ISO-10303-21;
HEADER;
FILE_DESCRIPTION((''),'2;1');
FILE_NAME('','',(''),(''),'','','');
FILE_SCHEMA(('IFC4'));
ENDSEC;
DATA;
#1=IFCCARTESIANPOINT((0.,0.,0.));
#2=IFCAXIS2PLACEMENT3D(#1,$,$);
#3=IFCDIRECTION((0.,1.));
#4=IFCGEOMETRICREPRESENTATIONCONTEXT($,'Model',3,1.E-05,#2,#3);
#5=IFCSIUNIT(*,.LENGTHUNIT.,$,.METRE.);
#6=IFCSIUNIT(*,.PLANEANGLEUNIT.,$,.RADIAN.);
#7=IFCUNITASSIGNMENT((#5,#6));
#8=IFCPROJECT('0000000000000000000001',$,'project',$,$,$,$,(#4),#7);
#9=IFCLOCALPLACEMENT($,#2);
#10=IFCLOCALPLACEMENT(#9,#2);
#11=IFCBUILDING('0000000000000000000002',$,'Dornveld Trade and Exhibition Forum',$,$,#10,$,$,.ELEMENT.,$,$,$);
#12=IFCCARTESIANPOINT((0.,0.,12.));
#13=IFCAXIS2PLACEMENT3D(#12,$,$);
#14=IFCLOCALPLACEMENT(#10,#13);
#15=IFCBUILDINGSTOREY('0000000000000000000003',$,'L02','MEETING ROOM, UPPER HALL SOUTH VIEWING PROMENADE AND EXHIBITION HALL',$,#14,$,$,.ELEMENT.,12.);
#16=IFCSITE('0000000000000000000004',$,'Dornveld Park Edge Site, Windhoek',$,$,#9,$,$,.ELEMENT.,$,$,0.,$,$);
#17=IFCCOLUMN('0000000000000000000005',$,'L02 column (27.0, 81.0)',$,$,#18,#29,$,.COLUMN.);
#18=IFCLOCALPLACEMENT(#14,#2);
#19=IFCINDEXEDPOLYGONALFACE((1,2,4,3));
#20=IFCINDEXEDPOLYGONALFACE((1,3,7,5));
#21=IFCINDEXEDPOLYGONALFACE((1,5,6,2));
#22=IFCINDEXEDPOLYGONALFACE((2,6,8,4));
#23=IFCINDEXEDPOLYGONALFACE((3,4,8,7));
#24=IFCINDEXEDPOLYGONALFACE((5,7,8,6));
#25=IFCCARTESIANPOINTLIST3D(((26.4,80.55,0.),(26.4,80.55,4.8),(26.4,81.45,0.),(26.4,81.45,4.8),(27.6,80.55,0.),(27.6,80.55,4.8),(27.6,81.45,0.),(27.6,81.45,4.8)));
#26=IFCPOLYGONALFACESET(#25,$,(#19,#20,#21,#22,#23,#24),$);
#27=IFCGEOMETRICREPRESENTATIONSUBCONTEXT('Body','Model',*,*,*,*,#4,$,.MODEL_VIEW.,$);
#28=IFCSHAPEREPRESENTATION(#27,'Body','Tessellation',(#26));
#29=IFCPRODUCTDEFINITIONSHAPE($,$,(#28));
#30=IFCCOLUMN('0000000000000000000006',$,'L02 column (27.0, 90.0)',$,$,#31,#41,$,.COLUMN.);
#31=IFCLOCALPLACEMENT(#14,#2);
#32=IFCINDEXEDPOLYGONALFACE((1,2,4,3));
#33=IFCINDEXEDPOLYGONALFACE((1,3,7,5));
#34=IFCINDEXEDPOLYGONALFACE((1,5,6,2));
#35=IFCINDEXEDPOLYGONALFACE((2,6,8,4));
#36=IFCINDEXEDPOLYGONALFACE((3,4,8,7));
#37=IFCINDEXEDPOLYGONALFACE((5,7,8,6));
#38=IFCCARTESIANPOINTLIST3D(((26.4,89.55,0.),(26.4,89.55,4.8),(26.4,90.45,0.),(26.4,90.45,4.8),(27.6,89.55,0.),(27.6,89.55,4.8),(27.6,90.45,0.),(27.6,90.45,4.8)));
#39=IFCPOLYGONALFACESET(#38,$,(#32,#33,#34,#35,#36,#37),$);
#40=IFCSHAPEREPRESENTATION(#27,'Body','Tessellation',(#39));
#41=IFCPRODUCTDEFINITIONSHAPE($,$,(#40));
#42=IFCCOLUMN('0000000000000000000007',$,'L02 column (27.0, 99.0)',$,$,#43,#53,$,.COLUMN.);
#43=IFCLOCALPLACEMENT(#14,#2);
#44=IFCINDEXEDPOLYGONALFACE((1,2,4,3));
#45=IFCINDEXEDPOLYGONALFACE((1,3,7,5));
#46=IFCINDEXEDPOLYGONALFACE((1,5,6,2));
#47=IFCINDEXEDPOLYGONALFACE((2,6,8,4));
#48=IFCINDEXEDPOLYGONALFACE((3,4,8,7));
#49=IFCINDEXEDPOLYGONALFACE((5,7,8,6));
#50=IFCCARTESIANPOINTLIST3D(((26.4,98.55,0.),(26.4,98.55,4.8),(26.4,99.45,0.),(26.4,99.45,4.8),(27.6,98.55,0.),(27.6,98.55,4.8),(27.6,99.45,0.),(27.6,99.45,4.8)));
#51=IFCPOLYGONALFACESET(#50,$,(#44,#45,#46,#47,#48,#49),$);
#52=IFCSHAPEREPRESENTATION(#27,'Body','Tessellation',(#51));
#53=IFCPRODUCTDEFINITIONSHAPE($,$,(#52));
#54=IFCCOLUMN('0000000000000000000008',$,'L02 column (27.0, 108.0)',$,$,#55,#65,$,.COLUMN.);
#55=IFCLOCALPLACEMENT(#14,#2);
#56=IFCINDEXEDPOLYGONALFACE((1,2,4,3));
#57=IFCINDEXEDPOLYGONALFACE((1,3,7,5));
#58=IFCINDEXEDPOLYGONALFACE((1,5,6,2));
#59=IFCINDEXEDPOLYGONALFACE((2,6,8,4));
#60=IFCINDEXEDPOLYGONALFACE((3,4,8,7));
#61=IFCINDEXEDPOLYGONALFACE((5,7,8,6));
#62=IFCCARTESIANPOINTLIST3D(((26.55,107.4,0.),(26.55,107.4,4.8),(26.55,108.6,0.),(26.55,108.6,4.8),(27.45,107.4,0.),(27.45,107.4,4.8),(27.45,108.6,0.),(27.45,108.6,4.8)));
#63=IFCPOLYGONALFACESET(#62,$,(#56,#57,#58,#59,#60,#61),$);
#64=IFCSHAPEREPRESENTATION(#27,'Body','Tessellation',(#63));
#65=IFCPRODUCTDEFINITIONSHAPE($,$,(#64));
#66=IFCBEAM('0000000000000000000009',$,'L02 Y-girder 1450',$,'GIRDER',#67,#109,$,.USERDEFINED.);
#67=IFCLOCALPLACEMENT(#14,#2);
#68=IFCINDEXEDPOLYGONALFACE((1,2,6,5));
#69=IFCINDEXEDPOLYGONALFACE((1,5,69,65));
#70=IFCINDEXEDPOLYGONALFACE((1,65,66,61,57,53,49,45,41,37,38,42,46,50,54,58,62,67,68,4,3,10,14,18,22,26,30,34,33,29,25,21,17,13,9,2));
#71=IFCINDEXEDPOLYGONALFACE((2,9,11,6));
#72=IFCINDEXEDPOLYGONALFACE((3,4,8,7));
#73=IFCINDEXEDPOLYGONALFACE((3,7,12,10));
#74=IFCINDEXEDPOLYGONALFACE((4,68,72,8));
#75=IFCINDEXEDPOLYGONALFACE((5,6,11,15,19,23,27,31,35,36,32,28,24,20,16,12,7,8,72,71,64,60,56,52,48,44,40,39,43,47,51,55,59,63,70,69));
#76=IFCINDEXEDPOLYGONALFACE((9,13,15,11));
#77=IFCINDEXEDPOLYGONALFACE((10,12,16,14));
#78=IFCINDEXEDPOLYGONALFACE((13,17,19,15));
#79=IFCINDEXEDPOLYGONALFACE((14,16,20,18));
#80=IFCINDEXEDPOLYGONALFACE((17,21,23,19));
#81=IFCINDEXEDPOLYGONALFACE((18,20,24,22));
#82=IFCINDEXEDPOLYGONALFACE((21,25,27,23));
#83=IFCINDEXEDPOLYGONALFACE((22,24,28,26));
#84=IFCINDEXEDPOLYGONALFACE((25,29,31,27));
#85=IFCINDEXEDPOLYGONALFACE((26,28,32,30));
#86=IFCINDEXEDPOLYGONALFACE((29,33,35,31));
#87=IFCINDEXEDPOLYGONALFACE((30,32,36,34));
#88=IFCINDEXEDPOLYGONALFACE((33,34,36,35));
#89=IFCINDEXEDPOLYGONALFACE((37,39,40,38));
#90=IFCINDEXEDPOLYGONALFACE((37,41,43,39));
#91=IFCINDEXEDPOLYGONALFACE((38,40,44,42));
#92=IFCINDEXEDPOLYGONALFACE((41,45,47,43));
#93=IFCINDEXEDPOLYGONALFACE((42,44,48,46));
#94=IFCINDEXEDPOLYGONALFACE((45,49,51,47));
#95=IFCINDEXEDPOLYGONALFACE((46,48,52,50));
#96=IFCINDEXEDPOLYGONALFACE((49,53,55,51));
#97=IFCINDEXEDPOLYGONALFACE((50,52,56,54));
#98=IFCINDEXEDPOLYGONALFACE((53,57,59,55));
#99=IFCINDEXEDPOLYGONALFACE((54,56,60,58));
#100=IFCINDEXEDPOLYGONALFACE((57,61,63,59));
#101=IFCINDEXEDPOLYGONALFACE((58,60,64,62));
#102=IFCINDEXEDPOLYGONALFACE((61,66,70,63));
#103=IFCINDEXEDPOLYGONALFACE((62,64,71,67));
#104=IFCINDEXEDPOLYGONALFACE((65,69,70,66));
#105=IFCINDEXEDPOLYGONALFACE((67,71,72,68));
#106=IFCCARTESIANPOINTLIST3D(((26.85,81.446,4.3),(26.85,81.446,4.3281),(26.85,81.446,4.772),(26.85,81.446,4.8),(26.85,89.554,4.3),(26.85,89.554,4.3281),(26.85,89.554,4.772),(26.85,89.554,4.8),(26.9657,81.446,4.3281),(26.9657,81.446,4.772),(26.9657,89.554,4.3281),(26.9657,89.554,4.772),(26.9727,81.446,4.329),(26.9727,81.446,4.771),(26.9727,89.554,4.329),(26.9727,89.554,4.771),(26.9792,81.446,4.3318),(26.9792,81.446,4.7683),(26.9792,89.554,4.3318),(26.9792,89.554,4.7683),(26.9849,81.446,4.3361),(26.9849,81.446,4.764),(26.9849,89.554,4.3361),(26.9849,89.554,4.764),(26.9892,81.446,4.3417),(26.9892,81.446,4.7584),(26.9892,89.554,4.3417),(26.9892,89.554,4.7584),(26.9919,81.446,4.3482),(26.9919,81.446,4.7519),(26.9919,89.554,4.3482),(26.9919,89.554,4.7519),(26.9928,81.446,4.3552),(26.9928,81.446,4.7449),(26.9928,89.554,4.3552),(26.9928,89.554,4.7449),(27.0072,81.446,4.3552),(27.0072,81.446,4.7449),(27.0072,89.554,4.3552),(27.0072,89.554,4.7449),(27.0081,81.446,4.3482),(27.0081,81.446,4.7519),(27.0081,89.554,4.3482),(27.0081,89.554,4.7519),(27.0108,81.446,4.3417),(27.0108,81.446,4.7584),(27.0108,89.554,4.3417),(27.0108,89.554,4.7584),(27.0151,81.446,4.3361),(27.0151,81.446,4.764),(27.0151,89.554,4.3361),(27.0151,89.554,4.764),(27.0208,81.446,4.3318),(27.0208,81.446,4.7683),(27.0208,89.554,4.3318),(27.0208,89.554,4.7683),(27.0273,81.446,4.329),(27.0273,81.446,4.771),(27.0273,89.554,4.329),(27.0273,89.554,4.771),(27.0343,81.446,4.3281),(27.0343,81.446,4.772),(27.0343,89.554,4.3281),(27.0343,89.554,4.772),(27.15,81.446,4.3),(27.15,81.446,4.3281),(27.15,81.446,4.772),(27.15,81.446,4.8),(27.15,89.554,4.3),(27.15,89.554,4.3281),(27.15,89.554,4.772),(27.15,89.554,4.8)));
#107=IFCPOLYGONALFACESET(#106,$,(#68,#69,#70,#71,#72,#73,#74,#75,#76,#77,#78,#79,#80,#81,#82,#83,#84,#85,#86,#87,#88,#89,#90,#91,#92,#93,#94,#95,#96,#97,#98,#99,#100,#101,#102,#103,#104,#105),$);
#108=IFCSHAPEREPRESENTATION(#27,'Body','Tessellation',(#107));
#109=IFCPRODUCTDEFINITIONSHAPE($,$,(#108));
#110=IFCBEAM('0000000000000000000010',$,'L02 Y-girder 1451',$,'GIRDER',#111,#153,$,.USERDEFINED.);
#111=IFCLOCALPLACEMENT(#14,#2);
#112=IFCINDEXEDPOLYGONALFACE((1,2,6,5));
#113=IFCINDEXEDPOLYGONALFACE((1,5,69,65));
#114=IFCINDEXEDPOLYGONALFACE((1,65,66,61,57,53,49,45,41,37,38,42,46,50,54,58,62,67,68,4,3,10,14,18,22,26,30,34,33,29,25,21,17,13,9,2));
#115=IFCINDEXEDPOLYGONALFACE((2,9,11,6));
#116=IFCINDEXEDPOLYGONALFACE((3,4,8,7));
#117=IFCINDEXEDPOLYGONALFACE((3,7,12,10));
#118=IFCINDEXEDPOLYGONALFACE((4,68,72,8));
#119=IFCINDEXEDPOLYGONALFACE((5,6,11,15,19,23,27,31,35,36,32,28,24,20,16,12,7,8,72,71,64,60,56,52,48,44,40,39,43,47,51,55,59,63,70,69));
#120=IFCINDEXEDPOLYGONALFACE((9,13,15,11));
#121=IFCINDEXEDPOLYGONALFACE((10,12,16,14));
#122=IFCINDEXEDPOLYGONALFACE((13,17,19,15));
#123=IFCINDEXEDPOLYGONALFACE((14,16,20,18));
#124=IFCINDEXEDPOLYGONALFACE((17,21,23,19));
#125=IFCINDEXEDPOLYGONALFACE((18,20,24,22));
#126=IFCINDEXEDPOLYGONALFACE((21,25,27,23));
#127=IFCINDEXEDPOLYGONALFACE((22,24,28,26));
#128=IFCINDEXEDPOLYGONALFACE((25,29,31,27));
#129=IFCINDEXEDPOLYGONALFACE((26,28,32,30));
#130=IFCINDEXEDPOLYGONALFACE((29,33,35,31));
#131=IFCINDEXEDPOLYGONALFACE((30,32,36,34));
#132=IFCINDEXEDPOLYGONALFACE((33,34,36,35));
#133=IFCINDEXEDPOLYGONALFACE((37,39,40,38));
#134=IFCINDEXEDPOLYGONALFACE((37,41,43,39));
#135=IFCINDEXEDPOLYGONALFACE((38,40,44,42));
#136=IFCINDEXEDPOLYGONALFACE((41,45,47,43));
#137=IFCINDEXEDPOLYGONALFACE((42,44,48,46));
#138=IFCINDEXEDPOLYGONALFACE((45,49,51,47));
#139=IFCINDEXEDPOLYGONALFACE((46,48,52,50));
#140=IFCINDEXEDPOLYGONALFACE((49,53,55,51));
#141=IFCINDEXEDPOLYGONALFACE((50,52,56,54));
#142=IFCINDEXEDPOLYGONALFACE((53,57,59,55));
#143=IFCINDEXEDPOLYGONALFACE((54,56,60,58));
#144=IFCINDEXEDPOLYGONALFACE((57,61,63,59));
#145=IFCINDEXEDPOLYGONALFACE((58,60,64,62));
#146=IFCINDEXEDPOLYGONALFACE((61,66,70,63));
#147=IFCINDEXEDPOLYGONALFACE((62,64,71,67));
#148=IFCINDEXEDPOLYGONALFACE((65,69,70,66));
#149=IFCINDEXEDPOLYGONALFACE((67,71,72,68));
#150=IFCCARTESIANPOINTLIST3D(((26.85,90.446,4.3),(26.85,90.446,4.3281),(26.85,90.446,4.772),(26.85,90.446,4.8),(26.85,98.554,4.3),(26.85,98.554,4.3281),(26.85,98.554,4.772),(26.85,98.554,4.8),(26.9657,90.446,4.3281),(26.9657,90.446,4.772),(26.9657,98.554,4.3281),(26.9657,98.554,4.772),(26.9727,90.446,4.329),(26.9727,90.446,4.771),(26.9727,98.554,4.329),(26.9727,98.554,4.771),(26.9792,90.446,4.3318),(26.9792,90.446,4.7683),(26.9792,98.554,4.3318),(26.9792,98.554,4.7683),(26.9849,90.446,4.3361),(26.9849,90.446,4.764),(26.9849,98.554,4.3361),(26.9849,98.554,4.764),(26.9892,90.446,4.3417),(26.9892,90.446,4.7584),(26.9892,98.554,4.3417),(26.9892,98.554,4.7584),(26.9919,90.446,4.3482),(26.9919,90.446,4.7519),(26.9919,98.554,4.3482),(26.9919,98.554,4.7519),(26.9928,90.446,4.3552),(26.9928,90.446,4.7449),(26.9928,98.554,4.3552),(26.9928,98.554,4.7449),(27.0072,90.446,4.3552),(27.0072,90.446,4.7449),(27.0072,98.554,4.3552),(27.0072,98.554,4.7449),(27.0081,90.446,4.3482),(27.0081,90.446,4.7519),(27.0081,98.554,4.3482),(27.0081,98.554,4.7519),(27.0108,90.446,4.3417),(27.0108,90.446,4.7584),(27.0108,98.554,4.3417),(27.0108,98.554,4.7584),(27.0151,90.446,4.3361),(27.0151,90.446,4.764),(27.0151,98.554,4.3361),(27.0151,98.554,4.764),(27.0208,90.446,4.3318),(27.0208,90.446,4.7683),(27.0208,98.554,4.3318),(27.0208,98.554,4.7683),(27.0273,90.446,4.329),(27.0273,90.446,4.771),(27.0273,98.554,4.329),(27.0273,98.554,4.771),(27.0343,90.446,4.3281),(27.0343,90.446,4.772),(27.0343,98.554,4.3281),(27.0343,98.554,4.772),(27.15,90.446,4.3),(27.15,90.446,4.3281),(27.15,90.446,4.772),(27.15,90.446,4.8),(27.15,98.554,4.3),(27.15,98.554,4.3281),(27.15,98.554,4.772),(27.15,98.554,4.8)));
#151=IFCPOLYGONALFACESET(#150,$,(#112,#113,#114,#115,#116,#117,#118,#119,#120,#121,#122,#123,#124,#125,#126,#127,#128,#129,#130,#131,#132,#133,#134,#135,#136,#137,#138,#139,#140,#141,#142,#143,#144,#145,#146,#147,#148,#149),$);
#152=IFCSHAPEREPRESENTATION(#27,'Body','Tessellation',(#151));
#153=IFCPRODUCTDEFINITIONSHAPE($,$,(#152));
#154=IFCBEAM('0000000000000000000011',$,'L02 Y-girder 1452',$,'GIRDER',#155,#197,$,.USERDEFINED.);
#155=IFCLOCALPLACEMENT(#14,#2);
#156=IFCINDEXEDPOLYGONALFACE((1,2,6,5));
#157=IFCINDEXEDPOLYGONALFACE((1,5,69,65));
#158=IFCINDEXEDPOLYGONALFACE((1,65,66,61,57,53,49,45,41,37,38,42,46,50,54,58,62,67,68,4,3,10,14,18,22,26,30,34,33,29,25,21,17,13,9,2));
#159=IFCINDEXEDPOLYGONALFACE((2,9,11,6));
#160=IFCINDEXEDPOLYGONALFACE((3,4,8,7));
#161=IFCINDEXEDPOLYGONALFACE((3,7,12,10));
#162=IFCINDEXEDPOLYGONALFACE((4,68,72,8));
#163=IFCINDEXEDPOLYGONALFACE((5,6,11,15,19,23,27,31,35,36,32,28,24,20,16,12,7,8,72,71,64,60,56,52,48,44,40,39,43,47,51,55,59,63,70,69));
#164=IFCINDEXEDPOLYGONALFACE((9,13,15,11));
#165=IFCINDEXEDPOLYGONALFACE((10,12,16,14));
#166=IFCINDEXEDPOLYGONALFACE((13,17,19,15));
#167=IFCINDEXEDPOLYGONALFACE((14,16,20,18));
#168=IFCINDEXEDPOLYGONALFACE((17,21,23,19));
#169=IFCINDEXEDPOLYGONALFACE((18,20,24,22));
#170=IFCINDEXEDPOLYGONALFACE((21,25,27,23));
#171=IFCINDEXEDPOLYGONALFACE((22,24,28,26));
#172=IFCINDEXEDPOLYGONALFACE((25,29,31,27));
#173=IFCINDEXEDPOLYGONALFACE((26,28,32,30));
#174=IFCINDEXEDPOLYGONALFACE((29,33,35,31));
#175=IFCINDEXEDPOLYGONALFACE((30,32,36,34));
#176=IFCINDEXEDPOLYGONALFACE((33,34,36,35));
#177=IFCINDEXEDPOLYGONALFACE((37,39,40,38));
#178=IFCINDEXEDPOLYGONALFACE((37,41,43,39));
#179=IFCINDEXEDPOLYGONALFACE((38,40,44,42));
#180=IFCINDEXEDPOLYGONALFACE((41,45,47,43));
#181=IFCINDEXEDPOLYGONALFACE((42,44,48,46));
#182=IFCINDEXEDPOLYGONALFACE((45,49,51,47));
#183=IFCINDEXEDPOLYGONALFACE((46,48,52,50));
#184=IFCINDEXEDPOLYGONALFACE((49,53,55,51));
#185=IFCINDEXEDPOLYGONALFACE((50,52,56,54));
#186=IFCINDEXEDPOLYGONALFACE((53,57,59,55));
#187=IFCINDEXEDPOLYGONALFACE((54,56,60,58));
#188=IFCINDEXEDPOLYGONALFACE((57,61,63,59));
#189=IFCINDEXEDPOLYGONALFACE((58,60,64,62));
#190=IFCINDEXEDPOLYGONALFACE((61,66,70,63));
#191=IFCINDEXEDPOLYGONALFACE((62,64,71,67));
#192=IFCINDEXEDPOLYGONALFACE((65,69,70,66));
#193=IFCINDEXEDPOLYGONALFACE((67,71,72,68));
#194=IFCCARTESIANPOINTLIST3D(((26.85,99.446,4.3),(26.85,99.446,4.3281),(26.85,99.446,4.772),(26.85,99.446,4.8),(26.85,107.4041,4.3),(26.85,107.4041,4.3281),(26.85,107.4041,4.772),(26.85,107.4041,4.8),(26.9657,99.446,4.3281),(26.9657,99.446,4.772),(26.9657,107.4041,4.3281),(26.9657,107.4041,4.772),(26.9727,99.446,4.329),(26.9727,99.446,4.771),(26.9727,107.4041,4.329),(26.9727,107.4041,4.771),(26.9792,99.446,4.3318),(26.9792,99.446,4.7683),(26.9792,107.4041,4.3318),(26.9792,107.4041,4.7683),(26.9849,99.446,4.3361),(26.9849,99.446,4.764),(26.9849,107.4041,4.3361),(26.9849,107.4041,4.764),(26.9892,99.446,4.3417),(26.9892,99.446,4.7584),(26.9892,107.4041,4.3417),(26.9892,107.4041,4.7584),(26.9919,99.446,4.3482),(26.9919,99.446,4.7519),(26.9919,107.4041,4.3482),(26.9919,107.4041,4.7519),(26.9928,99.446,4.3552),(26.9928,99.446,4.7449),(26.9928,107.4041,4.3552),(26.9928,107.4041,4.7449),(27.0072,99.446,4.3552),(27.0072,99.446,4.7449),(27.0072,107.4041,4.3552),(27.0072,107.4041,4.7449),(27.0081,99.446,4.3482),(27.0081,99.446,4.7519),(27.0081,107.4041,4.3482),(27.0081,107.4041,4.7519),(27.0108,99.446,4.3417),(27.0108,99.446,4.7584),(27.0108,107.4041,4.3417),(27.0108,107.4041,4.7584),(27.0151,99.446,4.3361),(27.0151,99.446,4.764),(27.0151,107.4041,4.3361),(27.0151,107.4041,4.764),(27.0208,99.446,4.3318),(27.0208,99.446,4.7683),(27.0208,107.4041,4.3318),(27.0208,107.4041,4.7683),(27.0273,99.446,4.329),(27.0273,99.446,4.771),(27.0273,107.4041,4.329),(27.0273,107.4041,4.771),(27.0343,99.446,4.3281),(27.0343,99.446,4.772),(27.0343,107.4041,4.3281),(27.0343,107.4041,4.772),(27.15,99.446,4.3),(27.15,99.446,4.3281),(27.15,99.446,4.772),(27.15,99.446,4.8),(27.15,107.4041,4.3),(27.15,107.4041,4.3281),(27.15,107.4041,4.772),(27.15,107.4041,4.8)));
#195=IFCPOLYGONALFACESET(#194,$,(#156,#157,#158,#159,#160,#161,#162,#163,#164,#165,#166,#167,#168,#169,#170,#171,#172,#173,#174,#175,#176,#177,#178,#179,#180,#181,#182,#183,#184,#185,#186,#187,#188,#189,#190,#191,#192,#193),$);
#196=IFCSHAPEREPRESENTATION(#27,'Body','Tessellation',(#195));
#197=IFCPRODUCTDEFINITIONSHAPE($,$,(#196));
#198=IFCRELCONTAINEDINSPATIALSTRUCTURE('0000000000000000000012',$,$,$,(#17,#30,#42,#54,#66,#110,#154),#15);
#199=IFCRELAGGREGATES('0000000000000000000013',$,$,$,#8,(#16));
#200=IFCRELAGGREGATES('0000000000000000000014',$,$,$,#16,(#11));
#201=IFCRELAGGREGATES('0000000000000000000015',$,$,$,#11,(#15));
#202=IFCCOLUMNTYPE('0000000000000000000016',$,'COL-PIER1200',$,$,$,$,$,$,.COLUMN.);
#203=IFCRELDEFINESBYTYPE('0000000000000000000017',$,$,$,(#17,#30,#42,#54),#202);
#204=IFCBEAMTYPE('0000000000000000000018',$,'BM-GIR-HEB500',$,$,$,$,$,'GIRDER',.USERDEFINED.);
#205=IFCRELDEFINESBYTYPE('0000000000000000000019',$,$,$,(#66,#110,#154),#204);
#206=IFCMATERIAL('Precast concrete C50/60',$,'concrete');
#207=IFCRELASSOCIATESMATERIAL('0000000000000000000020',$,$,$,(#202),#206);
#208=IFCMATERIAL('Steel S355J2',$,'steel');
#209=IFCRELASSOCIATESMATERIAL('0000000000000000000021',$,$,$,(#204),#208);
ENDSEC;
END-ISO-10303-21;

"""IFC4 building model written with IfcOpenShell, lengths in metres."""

from ifc_helpers import new_model, si_unit, direction, frame, origin, origin_2d, place, context, subcontext, project, spatial, rectangle, i_section, extrude, material, material_profile, profile_set, type_object, element, save


model = new_model("IFC4")

# Units and contexts
model_context = context("Model", 3, precision=1e-05, world=origin(), true_north=direction((0.0, 1.0)))
body_context = subcontext(model_context, "Body", "Model", "MODEL_VIEW")
ifc_project = project(units=[si_unit("LENGTHUNIT", "METRE"), si_unit("PLANEANGLEUNIT", "RADIAN")], contexts=[model_context])

# Site, building, storey
site_placement = place(None, origin())
site = spatial("IfcSite", under=ifc_project, at=site_placement, Name="Dornveld Park Edge Site, Windhoek", CompositionType="ELEMENT", RefElevation=0.0)
building_placement = place(site_placement, origin())
building = spatial("IfcBuilding", under=site, at=building_placement, Name="Dornveld Trade and Exhibition Forum", CompositionType="ELEMENT")
storey_placement = place(building_placement, frame((0.0, 0.0, 12.0)))
storey = spatial("IfcBuildingStorey", under=building, at=storey_placement, Name="L02", Description="MEETING ROOM, UPPER HALL SOUTH VIEWING PROMENADE AND EXHIBITION HALL", CompositionType="ELEMENT", Elevation=12.0)

# Columns
ifc_material_1 = material(Name="Precast concrete C50/60", Category="concrete")
ifc_material_profile_1 = material_profile(ifc_material_1, rectangle(XDim=1.2, YDim=0.8999, at=origin_2d()), Name="PC-PIER 1200x900")
ifc_profile_set_1 = profile_set([ifc_material_profile_1], Name="Precast concrete C50/60")
column_type = type_object("IfcColumnType", Name="COL-PIER1200", PredefinedType="COLUMN", material=ifc_profile_set_1)
for number, where, z_axis, x_axis, name in (
    (1, (27.0, 81.0, 0.0), (0.0, 0.0, 1.0), (1.0, 0.0, 0.0), "L02 column (27.0, 81.0)"),
    (2, (27.0, 90.0, 0.0), (0.0, 0.0, 1.0), (1.0, 0.0, 0.0), "L02 column (27.0, 90.0)"),
    (3, (27.0, 99.0, 0.0), (0.0, 0.0, 1.0), (1.0, 0.0, 0.0), "L02 column (27.0, 99.0)"),
    (4, (27.0, 108.0, 0.0), (0.0, 0.0, 1.0), (0.0, 1.0, 0.0), "L02 column (27.0, 108.0)"),
):
    element("IfcColumn", number, at=place(storey_placement, frame(where, z_axis=z_axis, x_axis=x_axis)), inside=storey, type_object=column_type, Name=name, PredefinedType="COLUMN", context=body_context, shape_type="SweptSolid", body=[
        extrude(rectangle(XDim=1.2, YDim=0.8999, at=origin_2d()), origin(), (0.0, 0.0, 1.0), 4.8),
    ])

# Beams
ifc_material_2 = material(Name="Steel S355J2", Category="steel")
ifc_material_profile_2 = material_profile(ifc_material_2, i_section(OverallWidth=0.3, OverallDepth=0.5, WebThickness=0.0144, FlangeThickness=0.0281, FilletRadius=0.0271, at=origin_2d()), Name="HEB 500")
ifc_profile_set_2 = profile_set([ifc_material_profile_2], Name="Steel S355J2")
beam_type = type_object("IfcBeamType", Name="BM-GIR-HEB500", ElementType="GIRDER", PredefinedType="USERDEFINED", material=ifc_profile_set_2)
for number, where, z_axis, x_axis, name in (
    (5, (27.0, 81.446, 4.55), (0.0, 1.0, 0.0), (-1.0, 0.0, 0.0), "L02 Y-girder 1450"),
    (6, (27.0, 90.446, 4.55), (0.0, 1.0, 0.0), (-1.0, 0.0, 0.0), "L02 Y-girder 1451"),
):
    element("IfcBeam", number, at=place(storey_placement, frame(where, z_axis=z_axis, x_axis=x_axis)), inside=storey, type_object=beam_type, Name=name, ObjectType="GIRDER", PredefinedType="USERDEFINED", context=body_context, shape_type="SweptSolid", body=[
        extrude(i_section(OverallWidth=0.3, OverallDepth=0.5, WebThickness=0.0144, FlangeThickness=0.0281, FilletRadius=0.0271, at=origin_2d()), origin(), (0.0, 0.0, 1.0), 8.1079),
    ])
beam_placement = place(storey_placement, frame((27.0, 99.446, 4.55), z_axis=(0.0, 1.0, 0.0), x_axis=(-1.0, 0.0, 0.0)))
element("IfcBeam", 7, at=beam_placement, inside=storey, type_object=beam_type, Name="L02 Y-girder 1452", ObjectType="GIRDER", PredefinedType="USERDEFINED", context=body_context, shape_type="SweptSolid", body=[
    extrude(i_section(OverallWidth=0.3, OverallDepth=0.5, WebThickness=0.0144, FlangeThickness=0.0281, FilletRadius=0.0271, at=origin_2d()), origin(), (0.0, 0.0, 1.0), 7.958),
])

save(model, "model.ifc")
